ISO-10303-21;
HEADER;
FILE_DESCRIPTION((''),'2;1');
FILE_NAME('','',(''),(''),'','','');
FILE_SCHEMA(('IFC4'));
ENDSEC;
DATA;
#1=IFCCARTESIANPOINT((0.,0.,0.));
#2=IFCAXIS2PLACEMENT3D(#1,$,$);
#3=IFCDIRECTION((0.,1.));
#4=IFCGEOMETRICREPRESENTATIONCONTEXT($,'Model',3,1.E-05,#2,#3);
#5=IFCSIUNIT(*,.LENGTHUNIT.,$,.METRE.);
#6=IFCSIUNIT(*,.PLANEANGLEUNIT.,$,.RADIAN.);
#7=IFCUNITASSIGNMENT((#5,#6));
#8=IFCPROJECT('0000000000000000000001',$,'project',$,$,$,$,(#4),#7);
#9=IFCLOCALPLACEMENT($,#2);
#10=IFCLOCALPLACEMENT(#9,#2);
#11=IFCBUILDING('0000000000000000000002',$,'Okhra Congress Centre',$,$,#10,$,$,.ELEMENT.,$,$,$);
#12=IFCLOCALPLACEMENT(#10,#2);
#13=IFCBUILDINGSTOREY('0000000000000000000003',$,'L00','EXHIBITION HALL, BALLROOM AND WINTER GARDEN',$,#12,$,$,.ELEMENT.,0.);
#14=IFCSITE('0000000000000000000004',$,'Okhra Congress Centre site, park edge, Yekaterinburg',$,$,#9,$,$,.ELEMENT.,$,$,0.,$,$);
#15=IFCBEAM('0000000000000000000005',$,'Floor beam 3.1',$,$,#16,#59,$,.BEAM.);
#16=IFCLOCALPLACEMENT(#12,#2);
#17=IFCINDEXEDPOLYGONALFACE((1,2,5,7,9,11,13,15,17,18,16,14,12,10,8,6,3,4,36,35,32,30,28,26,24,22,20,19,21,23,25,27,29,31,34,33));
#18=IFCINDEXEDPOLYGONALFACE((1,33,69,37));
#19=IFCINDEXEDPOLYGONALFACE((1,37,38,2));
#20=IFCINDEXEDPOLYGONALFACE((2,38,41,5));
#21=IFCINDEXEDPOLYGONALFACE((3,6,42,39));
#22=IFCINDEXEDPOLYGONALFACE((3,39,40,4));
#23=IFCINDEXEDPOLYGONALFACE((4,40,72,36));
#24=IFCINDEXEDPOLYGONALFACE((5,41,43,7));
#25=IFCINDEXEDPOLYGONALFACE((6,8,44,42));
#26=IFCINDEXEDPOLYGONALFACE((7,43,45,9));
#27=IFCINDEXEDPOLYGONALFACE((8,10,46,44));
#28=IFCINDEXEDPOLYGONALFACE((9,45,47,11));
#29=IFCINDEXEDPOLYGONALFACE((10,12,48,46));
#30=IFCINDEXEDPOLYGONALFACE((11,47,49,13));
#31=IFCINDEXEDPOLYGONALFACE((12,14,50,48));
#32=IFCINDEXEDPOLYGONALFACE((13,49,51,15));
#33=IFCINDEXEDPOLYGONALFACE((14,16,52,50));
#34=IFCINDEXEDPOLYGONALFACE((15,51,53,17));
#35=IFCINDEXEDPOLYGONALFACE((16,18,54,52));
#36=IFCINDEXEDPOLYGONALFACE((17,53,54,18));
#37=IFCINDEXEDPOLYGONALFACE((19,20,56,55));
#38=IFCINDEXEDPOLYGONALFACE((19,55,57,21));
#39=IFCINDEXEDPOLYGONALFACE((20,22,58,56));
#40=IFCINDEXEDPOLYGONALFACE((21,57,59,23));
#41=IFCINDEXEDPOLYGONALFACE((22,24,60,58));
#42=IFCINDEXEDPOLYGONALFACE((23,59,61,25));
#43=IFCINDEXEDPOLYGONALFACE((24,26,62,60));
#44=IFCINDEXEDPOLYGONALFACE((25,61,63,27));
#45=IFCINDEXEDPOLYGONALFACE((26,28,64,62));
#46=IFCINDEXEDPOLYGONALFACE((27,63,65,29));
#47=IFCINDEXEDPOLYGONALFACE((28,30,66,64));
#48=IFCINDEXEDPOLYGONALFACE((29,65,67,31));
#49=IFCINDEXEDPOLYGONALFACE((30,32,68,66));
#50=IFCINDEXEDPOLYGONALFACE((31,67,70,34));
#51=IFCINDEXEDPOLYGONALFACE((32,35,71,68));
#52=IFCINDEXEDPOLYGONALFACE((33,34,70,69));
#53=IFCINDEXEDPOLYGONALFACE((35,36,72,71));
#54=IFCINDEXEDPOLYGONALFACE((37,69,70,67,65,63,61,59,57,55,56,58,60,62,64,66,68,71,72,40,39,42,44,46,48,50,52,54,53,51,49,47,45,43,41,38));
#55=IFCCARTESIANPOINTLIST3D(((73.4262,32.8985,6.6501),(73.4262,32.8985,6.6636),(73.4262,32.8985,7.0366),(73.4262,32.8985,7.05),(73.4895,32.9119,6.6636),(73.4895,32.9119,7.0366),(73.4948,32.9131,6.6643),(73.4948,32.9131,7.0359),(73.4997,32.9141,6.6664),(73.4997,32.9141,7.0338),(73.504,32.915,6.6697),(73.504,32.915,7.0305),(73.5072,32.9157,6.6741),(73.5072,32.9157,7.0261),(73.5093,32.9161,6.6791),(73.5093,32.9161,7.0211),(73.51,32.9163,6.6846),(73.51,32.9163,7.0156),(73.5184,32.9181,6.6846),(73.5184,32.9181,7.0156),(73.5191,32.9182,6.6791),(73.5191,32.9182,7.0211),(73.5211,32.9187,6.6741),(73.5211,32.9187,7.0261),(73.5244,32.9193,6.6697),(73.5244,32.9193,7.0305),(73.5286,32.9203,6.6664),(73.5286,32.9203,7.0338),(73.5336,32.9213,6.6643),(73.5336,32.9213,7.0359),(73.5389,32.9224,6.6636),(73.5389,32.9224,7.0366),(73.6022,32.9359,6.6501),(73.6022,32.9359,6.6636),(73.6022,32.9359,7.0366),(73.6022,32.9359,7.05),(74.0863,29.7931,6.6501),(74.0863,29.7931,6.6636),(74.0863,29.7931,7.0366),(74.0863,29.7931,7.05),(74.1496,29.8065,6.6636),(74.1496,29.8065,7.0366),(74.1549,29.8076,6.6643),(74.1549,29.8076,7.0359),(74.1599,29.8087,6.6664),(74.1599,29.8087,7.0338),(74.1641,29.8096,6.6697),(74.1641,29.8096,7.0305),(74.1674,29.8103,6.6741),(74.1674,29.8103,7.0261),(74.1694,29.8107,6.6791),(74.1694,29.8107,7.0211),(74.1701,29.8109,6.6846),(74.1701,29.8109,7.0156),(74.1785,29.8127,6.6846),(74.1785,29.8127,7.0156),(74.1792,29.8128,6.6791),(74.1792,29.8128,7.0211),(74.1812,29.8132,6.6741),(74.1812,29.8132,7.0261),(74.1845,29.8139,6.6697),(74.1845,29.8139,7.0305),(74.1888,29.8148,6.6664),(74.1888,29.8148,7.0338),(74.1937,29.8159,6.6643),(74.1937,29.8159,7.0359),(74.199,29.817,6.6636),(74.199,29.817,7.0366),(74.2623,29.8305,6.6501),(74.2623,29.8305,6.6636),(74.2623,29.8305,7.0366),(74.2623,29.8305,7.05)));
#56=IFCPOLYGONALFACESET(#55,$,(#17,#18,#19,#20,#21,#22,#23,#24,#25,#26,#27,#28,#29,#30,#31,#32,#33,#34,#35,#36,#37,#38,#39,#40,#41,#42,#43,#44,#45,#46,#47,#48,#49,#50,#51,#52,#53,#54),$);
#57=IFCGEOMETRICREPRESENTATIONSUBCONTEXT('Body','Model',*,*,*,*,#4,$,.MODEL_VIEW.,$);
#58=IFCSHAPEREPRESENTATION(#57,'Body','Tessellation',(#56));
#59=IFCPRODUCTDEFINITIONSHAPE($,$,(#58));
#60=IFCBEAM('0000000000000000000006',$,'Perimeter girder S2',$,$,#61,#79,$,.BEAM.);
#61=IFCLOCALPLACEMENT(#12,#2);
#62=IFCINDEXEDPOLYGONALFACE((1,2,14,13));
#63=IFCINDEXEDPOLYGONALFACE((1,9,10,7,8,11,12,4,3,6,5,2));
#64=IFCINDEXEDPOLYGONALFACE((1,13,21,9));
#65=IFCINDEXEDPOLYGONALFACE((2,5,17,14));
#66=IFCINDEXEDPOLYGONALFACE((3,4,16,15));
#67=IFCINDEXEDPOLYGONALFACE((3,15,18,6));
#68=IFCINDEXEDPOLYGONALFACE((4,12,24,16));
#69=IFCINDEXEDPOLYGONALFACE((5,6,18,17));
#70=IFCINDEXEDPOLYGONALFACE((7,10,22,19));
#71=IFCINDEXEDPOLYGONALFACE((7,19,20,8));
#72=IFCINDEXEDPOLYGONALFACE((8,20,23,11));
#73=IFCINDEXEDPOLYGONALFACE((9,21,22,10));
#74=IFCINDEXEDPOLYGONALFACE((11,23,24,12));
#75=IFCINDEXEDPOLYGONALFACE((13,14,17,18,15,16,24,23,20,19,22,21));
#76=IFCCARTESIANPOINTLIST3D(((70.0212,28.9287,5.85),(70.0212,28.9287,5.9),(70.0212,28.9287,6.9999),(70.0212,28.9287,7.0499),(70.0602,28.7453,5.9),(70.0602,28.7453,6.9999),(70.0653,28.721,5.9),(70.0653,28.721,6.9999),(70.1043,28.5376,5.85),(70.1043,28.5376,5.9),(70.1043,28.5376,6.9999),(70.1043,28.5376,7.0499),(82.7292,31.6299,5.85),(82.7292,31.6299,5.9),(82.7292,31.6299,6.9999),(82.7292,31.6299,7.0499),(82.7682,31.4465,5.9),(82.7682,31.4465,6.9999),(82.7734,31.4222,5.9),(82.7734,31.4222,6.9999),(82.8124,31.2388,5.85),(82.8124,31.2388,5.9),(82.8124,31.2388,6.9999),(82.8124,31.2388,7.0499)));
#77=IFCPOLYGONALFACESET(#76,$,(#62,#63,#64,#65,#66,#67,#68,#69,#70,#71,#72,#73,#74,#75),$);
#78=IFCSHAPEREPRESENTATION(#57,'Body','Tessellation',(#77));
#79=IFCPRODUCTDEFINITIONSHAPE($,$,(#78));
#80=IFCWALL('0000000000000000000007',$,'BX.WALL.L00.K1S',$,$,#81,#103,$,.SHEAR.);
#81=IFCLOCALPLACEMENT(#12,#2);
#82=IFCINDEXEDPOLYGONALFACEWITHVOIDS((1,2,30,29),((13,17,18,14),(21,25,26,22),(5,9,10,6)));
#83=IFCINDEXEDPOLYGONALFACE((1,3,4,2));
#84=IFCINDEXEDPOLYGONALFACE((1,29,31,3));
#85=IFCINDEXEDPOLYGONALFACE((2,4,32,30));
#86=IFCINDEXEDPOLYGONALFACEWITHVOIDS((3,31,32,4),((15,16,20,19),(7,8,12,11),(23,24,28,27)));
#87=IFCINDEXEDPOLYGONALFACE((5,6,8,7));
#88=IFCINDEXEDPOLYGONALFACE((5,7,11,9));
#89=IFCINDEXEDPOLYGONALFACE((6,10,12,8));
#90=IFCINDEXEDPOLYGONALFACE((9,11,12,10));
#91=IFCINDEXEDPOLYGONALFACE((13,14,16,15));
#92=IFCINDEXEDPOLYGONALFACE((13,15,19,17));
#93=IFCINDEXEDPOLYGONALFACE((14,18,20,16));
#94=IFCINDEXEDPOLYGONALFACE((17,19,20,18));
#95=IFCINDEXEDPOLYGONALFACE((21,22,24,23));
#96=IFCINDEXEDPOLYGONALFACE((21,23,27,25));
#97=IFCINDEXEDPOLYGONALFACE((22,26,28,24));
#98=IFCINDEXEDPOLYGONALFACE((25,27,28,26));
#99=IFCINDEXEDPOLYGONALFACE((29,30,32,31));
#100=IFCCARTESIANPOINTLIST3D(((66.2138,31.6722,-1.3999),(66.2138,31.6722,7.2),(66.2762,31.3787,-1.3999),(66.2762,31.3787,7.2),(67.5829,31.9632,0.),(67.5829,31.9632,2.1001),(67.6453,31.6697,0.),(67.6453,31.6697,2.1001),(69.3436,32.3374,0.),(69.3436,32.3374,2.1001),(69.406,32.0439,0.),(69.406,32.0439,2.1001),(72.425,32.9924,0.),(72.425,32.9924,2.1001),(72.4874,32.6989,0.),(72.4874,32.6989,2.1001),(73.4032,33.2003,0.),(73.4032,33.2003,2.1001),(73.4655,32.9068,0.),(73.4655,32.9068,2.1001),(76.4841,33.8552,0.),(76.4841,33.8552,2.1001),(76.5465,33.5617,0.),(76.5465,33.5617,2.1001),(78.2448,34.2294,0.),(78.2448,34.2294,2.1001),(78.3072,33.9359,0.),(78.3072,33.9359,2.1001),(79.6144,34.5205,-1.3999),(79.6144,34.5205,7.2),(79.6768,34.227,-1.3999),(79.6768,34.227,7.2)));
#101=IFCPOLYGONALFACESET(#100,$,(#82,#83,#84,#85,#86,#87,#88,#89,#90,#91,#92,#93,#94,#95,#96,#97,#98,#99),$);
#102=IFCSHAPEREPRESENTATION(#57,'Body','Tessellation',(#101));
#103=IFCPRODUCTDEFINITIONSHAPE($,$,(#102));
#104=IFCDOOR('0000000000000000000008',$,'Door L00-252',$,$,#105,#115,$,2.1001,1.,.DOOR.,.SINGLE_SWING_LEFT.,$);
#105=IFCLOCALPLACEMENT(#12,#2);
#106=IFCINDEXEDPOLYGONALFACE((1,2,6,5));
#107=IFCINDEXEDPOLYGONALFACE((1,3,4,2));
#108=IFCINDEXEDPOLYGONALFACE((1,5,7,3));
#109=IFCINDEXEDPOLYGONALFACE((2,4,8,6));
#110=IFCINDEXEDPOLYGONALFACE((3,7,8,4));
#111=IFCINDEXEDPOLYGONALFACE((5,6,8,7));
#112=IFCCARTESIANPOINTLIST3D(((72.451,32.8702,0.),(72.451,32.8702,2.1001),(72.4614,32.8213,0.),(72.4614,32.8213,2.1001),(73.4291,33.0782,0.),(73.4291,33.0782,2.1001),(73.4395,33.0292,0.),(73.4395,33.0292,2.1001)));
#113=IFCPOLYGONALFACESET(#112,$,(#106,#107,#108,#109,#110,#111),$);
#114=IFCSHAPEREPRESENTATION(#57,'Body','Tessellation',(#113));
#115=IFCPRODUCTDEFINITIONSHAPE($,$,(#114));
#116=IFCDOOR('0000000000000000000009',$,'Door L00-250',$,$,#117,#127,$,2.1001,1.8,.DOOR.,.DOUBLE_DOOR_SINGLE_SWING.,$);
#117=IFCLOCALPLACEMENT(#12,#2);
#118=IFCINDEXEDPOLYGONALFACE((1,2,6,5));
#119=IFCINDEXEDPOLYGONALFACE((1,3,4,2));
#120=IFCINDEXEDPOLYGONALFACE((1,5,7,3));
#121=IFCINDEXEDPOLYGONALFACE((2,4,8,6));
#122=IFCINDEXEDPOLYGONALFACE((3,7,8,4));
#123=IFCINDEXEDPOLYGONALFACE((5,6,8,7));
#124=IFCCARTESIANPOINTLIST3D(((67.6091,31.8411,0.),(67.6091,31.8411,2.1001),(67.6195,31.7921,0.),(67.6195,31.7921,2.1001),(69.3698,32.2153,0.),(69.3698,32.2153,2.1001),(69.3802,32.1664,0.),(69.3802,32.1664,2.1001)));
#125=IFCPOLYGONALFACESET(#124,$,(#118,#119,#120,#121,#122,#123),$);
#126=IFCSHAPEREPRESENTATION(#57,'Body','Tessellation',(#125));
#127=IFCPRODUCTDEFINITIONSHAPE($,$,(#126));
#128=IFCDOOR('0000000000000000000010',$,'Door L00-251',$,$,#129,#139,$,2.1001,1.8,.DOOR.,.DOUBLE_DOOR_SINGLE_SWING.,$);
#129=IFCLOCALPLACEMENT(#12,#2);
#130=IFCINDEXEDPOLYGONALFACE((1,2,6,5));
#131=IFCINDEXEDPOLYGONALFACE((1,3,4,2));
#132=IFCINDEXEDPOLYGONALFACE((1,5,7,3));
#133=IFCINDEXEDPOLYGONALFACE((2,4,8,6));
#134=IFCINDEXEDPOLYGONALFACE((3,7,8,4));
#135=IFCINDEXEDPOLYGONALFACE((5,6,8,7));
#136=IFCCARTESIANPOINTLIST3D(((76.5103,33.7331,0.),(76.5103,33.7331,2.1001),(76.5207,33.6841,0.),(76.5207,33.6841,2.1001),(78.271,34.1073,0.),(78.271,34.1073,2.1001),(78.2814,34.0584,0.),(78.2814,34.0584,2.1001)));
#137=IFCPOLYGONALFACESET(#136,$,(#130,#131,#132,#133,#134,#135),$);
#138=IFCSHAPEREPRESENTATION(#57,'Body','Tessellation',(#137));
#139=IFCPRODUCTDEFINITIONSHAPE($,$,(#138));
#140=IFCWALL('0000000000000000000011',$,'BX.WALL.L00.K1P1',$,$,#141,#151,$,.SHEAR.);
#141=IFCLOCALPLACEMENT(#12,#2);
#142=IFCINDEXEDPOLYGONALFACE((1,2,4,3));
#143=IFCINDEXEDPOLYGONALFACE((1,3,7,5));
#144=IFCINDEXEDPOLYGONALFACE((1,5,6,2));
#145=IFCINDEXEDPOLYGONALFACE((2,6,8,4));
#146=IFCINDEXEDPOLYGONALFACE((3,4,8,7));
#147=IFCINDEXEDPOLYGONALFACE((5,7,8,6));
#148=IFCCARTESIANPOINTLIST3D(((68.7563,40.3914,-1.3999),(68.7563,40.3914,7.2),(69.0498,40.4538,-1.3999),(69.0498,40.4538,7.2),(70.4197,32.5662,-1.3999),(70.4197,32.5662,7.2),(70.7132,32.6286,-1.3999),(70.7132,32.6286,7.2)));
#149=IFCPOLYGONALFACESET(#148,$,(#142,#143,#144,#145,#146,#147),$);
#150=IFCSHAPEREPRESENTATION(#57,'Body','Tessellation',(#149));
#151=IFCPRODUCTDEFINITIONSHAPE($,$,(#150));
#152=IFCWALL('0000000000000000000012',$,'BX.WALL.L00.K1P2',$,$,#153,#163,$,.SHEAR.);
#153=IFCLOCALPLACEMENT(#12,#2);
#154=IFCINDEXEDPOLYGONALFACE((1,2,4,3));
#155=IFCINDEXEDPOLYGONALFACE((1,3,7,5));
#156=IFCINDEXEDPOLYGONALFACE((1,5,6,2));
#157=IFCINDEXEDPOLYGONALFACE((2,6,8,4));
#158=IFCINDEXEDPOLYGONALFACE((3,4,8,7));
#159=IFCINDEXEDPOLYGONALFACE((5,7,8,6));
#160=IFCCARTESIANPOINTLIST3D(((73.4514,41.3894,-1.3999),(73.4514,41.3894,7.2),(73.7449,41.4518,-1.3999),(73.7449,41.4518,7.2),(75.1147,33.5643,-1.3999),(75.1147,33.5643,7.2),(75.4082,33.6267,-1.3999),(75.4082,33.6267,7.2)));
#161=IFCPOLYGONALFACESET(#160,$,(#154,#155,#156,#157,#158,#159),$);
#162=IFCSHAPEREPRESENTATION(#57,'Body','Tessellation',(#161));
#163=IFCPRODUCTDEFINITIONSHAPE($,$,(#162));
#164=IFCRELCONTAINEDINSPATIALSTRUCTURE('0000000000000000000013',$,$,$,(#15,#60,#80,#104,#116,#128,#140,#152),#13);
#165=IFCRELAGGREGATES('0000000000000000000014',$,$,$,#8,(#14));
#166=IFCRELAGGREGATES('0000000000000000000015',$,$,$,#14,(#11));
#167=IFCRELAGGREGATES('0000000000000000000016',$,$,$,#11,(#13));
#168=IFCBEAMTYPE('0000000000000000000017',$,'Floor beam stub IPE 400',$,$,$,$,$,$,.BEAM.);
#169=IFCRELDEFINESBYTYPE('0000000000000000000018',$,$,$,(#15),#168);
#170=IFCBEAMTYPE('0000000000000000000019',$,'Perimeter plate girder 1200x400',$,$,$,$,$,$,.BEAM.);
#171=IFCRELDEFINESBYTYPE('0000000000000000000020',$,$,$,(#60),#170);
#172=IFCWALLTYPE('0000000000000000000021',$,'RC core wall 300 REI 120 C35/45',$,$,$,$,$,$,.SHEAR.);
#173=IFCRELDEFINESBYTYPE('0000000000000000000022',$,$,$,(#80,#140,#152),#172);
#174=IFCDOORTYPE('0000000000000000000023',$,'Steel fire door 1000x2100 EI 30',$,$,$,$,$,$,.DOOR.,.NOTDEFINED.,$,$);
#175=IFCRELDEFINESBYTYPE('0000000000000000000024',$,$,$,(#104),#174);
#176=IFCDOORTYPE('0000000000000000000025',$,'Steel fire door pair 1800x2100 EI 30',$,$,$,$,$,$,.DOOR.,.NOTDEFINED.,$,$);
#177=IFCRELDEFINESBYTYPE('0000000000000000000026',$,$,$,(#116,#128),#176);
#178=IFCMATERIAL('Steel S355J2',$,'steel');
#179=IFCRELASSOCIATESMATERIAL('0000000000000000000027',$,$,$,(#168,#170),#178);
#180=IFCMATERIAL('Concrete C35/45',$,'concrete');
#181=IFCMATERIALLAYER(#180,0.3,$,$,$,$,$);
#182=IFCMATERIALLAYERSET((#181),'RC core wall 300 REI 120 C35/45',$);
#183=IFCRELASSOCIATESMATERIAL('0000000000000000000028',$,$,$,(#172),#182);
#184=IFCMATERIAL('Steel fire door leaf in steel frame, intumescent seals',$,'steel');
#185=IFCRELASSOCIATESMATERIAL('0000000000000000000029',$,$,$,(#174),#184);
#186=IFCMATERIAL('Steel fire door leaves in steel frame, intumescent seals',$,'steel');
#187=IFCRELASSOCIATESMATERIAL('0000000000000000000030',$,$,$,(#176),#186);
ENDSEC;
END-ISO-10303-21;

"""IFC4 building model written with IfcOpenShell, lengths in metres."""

from ifc_helpers import new_model, si_unit, direction, frame, frame_2d, origin, origin_2d, place, context, subcontext, project, spatial, rectangle, i_section, extrude, material, layer, layer_set, material_profile, profile_set, type_object, element, fill, save


model = new_model("IFC4")

# Units and contexts
model_context = context("Model", 3, precision=1e-05, world=origin(), true_north=direction((0.0, 1.0)))
body_context = subcontext(model_context, "Body", "Model", "MODEL_VIEW")
ifc_project = project(units=[si_unit("LENGTHUNIT", "METRE"), si_unit("PLANEANGLEUNIT", "RADIAN")], contexts=[model_context])

# Site, building, storey
site_placement = place(None, origin())
site = spatial("IfcSite", under=ifc_project, at=site_placement, Name="Okhra Congress Centre site, park edge, Yekaterinburg", CompositionType="ELEMENT", RefElevation=0.0)
building_placement = place(site_placement, origin())
building = spatial("IfcBuilding", under=site, at=building_placement, Name="Okhra Congress Centre", CompositionType="ELEMENT")
storey_placement = place(building_placement, origin())
storey = spatial("IfcBuildingStorey", under=building, at=storey_placement, Name="L00", Description="EXHIBITION HALL, BALLROOM AND WINTER GARDEN", CompositionType="ELEMENT", Elevation=0.0)

# Shared definitions
ifc_material_1 = material(Name="Concrete C35/45", Category="concrete")

# Beams
ifc_material_2 = material(Name="Steel S355J2", Category="steel")
ifc_material_profile_1 = material_profile(ifc_material_2, i_section(OverallWidth=0.1799, OverallDepth=0.3999, WebThickness=0.0085, FlangeThickness=0.0134, FilletRadius=0.021, at=origin_2d()), Name="IPE 400")
ifc_profile_set_1 = profile_set([ifc_material_profile_1], Name="Steel S355J2")
beam_type_1 = type_object("IfcBeamType", Name="Floor beam stub IPE 400", PredefinedType="BEAM", material=ifc_profile_set_1)
beam_1_placement = place(storey_placement, frame((74.1743, 29.8118, 6.8501), z_axis=(-0.207932, 0.978143, 0.0), x_axis=(-0.978143, -0.207932, 0.0)))
element("IfcBeam", 1, at=beam_1_placement, inside=storey, type_object=beam_type_1, Name="Floor beam 3.1", PredefinedType="BEAM", context=body_context, shape_type="SweptSolid", body=[
    extrude(i_section(OverallWidth=0.1799, OverallDepth=0.3999, WebThickness=0.0085, FlangeThickness=0.0134, FilletRadius=0.021, at=origin_2d()), origin(), (0.0, 0.0, 1.0), 3.1748),
])
ifc_material_profile_2 = material_profile(ifc_material_2, i_section(OverallWidth=0.3999, OverallDepth=1.2, WebThickness=0.0249, FlangeThickness=0.05, at=origin_2d()), Name="Plate girder 1200x400")
ifc_profile_set_2 = profile_set([ifc_material_profile_2], Name="Steel S355J2")
beam_type_2 = type_object("IfcBeamType", Name="Perimeter plate girder 1200x400", PredefinedType="BEAM", material=ifc_profile_set_2)
beam_2_placement = place(storey_placement, frame((70.0627, 28.7332, 6.45), z_axis=(0.978148, 0.207912, 0.0), x_axis=(-0.207912, 0.978148, 0.0)))
element("IfcBeam", 2, at=beam_2_placement, inside=storey, type_object=beam_type_2, Name="Perimeter girder S2", PredefinedType="BEAM", context=body_context, shape_type="SweptSolid", body=[
    extrude(i_section(OverallWidth=0.3999, OverallDepth=1.2, WebThickness=0.0249, FlangeThickness=0.05, at=origin_2d()), origin(), (0.0, 0.0, 1.0), 12.9919),
])

# Wall, openings, doors
ifc_layer_1 = layer(ifc_material_1, 0.3)
ifc_layer_set_1 = layer_set([ifc_layer_1], Name="RC core wall 300 REI 120 C35/45")
wall_type_1 = type_object("IfcWallType", Name="RC core wall 300 REI 120 C35/45", PredefinedType="SHEAR", material=ifc_layer_set_1)
wall_1_placement = place(storey_placement, frame((66.2449, 31.5254, -1.3999), z_axis=(0.0, 0.0, 1.0), x_axis=(0.978148, 0.207911, 0.0)))
wall_1 = element("IfcWall", 3, at=wall_1_placement, inside=storey, type_object=wall_type_1, Name="BX.WALL.L00.K1S", PredefinedType="SHEAR", context=body_context, shape_type="SweptSolid", body=[
    extrude(rectangle(XDim=13.7, YDim=0.3, at=frame_2d((6.8501, 0.0))), origin(), (0.0, 0.0, 1.0), 8.5999),
])
opening_1_placement = place(wall_1_placement, frame((1.3999, 0.0, 1.3999)))
opening_1 = element("IfcOpeningElement", 4, at=opening_1_placement, cuts=wall_1, PredefinedType="OPENING", context=body_context, shape_type="SweptSolid", body=[
    extrude(rectangle(XDim=1.8, YDim=2.1001, at=frame_2d((0.8999, 1.05))), frame((0.0, 0.1599, 0.0), z_axis=(0.0, -1.0, 0.0), x_axis=(1.0, 0.0, 0.0)), (0.0, 0.0, 1.0), 0.3201),
])
opening_2_placement = place(wall_1_placement, frame((10.5, 0.0, 1.3999)))
opening_2 = element("IfcOpeningElement", 5, at=opening_2_placement, cuts=wall_1, PredefinedType="OPENING", context=body_context, shape_type="SweptSolid", body=[
    extrude(rectangle(XDim=1.8, YDim=2.1001, at=frame_2d((0.8999, 1.05))), frame((0.0, 0.1599, 0.0), z_axis=(0.0, -1.0, 0.0), x_axis=(1.0, 0.0, 0.0)), (0.0, 0.0, 1.0), 0.3201),
])
opening_3_placement = place(wall_1_placement, frame((6.3501, 0.0, 1.3999)))
opening_3 = element("IfcOpeningElement", 6, at=opening_3_placement, cuts=wall_1, PredefinedType="OPENING", context=body_context, shape_type="SweptSolid", body=[
    extrude(rectangle(XDim=1.0, YDim=2.1001, at=frame_2d((0.5, 1.05))), frame((0.0, 0.1599, 0.0), z_axis=(0.0, -1.0, 0.0), x_axis=(1.0, 0.0, 0.0)), (0.0, 0.0, 1.0), 0.3201),
])
ifc_material_3 = material(Name="Steel fire door leaf in steel frame, intumescent seals", Category="steel")
door_type_1 = type_object("IfcDoorType", Name="Steel fire door 1000x2100 EI 30", OperationType="NOTDEFINED", PredefinedType="DOOR", material=ifc_material_3)
door_1_placement = place(opening_3_placement, frame((1.0, 0.0, 0.0), z_axis=(0.0, 0.0, 1.0), x_axis=(-1.0, 0.0, 0.0)))
door_1 = element("IfcDoor", 7, at=door_1_placement, inside=storey, type_object=door_type_1, Name="Door L00-252", OperationType="SINGLE_SWING_LEFT", OverallHeight=2.1001, OverallWidth=1.0, PredefinedType="DOOR", context=body_context, shape_type="SweptSolid", body=[
    extrude(rectangle(XDim=1.0, YDim=2.1001, at=frame_2d((0.5, 1.05))), frame((0.0, 0.0249, 0.0), z_axis=(0.0, -1.0, 0.0), x_axis=(1.0, 0.0, 0.0)), (0.0, 0.0, 1.0), 0.05),
])
fill(opening_3, door_1)
ifc_material_4 = material(Name="Steel fire door leaves in steel frame, intumescent seals", Category="steel")
door_type_2 = type_object("IfcDoorType", Name="Steel fire door pair 1800x2100 EI 30", OperationType="NOTDEFINED", PredefinedType="DOOR", material=ifc_material_4)
door_2_placement = place(opening_1_placement, frame((1.8, 0.0, 0.0), z_axis=(0.0, 0.0, 1.0), x_axis=(-1.0, 0.0, 0.0)))
door_2 = element("IfcDoor", 8, at=door_2_placement, inside=storey, type_object=door_type_2, Name="Door L00-250", OperationType="DOUBLE_DOOR_SINGLE_SWING", OverallHeight=2.1001, OverallWidth=1.8, PredefinedType="DOOR", context=body_context, shape_type="SweptSolid", body=[
    extrude(rectangle(XDim=1.8, YDim=2.1001, at=frame_2d((0.8999, 1.05))), frame((0.0, 0.0249, 0.0), z_axis=(0.0, -1.0, 0.0), x_axis=(1.0, 0.0, 0.0)), (0.0, 0.0, 1.0), 0.05),
])
fill(opening_1, door_2)
door_3_placement = place(opening_2_placement, frame((1.8, 0.0, 0.0), z_axis=(0.0, 0.0, 1.0), x_axis=(-1.0, 0.0, 0.0)))
door_3 = element("IfcDoor", 9, at=door_3_placement, inside=storey, type_object=door_type_2, Name="Door L00-251", OperationType="DOUBLE_DOOR_SINGLE_SWING", OverallHeight=2.1001, OverallWidth=1.8, PredefinedType="DOOR", context=body_context, shape_type="SweptSolid", body=[
    extrude(rectangle(XDim=1.8, YDim=2.1001, at=frame_2d((0.8999, 1.05))), frame((0.0, 0.0249, 0.0), z_axis=(0.0, -1.0, 0.0), x_axis=(1.0, 0.0, 0.0)), (0.0, 0.0, 1.0), 0.05),
])
fill(opening_2, door_3)

# Walls
for number, where, z_axis, x_axis, name in (
    (10, (70.5664, 32.5974, -1.3999), (0.0, 0.0, 1.0), (-0.207916, 0.978147, 0.0), "BX.WALL.L00.K1P1"),
    (11, (75.2615, 33.5955, -1.3999), (0.0, 0.0, 1.0), (-0.207916, 0.978147, 0.0), "BX.WALL.L00.K1P2"),
):
    element("IfcWall", number, at=place(storey_placement, frame(where, z_axis=z_axis, x_axis=x_axis)), inside=storey, type_object=wall_type_1, Name=name, PredefinedType="SHEAR", context=body_context, shape_type="SweptSolid", body=[
        extrude(rectangle(XDim=8.0, YDim=0.3, at=frame_2d((4.0, 0.0))), origin(), (0.0, 0.0, 1.0), 8.5999),
    ])

save(model, "model.ifc")
